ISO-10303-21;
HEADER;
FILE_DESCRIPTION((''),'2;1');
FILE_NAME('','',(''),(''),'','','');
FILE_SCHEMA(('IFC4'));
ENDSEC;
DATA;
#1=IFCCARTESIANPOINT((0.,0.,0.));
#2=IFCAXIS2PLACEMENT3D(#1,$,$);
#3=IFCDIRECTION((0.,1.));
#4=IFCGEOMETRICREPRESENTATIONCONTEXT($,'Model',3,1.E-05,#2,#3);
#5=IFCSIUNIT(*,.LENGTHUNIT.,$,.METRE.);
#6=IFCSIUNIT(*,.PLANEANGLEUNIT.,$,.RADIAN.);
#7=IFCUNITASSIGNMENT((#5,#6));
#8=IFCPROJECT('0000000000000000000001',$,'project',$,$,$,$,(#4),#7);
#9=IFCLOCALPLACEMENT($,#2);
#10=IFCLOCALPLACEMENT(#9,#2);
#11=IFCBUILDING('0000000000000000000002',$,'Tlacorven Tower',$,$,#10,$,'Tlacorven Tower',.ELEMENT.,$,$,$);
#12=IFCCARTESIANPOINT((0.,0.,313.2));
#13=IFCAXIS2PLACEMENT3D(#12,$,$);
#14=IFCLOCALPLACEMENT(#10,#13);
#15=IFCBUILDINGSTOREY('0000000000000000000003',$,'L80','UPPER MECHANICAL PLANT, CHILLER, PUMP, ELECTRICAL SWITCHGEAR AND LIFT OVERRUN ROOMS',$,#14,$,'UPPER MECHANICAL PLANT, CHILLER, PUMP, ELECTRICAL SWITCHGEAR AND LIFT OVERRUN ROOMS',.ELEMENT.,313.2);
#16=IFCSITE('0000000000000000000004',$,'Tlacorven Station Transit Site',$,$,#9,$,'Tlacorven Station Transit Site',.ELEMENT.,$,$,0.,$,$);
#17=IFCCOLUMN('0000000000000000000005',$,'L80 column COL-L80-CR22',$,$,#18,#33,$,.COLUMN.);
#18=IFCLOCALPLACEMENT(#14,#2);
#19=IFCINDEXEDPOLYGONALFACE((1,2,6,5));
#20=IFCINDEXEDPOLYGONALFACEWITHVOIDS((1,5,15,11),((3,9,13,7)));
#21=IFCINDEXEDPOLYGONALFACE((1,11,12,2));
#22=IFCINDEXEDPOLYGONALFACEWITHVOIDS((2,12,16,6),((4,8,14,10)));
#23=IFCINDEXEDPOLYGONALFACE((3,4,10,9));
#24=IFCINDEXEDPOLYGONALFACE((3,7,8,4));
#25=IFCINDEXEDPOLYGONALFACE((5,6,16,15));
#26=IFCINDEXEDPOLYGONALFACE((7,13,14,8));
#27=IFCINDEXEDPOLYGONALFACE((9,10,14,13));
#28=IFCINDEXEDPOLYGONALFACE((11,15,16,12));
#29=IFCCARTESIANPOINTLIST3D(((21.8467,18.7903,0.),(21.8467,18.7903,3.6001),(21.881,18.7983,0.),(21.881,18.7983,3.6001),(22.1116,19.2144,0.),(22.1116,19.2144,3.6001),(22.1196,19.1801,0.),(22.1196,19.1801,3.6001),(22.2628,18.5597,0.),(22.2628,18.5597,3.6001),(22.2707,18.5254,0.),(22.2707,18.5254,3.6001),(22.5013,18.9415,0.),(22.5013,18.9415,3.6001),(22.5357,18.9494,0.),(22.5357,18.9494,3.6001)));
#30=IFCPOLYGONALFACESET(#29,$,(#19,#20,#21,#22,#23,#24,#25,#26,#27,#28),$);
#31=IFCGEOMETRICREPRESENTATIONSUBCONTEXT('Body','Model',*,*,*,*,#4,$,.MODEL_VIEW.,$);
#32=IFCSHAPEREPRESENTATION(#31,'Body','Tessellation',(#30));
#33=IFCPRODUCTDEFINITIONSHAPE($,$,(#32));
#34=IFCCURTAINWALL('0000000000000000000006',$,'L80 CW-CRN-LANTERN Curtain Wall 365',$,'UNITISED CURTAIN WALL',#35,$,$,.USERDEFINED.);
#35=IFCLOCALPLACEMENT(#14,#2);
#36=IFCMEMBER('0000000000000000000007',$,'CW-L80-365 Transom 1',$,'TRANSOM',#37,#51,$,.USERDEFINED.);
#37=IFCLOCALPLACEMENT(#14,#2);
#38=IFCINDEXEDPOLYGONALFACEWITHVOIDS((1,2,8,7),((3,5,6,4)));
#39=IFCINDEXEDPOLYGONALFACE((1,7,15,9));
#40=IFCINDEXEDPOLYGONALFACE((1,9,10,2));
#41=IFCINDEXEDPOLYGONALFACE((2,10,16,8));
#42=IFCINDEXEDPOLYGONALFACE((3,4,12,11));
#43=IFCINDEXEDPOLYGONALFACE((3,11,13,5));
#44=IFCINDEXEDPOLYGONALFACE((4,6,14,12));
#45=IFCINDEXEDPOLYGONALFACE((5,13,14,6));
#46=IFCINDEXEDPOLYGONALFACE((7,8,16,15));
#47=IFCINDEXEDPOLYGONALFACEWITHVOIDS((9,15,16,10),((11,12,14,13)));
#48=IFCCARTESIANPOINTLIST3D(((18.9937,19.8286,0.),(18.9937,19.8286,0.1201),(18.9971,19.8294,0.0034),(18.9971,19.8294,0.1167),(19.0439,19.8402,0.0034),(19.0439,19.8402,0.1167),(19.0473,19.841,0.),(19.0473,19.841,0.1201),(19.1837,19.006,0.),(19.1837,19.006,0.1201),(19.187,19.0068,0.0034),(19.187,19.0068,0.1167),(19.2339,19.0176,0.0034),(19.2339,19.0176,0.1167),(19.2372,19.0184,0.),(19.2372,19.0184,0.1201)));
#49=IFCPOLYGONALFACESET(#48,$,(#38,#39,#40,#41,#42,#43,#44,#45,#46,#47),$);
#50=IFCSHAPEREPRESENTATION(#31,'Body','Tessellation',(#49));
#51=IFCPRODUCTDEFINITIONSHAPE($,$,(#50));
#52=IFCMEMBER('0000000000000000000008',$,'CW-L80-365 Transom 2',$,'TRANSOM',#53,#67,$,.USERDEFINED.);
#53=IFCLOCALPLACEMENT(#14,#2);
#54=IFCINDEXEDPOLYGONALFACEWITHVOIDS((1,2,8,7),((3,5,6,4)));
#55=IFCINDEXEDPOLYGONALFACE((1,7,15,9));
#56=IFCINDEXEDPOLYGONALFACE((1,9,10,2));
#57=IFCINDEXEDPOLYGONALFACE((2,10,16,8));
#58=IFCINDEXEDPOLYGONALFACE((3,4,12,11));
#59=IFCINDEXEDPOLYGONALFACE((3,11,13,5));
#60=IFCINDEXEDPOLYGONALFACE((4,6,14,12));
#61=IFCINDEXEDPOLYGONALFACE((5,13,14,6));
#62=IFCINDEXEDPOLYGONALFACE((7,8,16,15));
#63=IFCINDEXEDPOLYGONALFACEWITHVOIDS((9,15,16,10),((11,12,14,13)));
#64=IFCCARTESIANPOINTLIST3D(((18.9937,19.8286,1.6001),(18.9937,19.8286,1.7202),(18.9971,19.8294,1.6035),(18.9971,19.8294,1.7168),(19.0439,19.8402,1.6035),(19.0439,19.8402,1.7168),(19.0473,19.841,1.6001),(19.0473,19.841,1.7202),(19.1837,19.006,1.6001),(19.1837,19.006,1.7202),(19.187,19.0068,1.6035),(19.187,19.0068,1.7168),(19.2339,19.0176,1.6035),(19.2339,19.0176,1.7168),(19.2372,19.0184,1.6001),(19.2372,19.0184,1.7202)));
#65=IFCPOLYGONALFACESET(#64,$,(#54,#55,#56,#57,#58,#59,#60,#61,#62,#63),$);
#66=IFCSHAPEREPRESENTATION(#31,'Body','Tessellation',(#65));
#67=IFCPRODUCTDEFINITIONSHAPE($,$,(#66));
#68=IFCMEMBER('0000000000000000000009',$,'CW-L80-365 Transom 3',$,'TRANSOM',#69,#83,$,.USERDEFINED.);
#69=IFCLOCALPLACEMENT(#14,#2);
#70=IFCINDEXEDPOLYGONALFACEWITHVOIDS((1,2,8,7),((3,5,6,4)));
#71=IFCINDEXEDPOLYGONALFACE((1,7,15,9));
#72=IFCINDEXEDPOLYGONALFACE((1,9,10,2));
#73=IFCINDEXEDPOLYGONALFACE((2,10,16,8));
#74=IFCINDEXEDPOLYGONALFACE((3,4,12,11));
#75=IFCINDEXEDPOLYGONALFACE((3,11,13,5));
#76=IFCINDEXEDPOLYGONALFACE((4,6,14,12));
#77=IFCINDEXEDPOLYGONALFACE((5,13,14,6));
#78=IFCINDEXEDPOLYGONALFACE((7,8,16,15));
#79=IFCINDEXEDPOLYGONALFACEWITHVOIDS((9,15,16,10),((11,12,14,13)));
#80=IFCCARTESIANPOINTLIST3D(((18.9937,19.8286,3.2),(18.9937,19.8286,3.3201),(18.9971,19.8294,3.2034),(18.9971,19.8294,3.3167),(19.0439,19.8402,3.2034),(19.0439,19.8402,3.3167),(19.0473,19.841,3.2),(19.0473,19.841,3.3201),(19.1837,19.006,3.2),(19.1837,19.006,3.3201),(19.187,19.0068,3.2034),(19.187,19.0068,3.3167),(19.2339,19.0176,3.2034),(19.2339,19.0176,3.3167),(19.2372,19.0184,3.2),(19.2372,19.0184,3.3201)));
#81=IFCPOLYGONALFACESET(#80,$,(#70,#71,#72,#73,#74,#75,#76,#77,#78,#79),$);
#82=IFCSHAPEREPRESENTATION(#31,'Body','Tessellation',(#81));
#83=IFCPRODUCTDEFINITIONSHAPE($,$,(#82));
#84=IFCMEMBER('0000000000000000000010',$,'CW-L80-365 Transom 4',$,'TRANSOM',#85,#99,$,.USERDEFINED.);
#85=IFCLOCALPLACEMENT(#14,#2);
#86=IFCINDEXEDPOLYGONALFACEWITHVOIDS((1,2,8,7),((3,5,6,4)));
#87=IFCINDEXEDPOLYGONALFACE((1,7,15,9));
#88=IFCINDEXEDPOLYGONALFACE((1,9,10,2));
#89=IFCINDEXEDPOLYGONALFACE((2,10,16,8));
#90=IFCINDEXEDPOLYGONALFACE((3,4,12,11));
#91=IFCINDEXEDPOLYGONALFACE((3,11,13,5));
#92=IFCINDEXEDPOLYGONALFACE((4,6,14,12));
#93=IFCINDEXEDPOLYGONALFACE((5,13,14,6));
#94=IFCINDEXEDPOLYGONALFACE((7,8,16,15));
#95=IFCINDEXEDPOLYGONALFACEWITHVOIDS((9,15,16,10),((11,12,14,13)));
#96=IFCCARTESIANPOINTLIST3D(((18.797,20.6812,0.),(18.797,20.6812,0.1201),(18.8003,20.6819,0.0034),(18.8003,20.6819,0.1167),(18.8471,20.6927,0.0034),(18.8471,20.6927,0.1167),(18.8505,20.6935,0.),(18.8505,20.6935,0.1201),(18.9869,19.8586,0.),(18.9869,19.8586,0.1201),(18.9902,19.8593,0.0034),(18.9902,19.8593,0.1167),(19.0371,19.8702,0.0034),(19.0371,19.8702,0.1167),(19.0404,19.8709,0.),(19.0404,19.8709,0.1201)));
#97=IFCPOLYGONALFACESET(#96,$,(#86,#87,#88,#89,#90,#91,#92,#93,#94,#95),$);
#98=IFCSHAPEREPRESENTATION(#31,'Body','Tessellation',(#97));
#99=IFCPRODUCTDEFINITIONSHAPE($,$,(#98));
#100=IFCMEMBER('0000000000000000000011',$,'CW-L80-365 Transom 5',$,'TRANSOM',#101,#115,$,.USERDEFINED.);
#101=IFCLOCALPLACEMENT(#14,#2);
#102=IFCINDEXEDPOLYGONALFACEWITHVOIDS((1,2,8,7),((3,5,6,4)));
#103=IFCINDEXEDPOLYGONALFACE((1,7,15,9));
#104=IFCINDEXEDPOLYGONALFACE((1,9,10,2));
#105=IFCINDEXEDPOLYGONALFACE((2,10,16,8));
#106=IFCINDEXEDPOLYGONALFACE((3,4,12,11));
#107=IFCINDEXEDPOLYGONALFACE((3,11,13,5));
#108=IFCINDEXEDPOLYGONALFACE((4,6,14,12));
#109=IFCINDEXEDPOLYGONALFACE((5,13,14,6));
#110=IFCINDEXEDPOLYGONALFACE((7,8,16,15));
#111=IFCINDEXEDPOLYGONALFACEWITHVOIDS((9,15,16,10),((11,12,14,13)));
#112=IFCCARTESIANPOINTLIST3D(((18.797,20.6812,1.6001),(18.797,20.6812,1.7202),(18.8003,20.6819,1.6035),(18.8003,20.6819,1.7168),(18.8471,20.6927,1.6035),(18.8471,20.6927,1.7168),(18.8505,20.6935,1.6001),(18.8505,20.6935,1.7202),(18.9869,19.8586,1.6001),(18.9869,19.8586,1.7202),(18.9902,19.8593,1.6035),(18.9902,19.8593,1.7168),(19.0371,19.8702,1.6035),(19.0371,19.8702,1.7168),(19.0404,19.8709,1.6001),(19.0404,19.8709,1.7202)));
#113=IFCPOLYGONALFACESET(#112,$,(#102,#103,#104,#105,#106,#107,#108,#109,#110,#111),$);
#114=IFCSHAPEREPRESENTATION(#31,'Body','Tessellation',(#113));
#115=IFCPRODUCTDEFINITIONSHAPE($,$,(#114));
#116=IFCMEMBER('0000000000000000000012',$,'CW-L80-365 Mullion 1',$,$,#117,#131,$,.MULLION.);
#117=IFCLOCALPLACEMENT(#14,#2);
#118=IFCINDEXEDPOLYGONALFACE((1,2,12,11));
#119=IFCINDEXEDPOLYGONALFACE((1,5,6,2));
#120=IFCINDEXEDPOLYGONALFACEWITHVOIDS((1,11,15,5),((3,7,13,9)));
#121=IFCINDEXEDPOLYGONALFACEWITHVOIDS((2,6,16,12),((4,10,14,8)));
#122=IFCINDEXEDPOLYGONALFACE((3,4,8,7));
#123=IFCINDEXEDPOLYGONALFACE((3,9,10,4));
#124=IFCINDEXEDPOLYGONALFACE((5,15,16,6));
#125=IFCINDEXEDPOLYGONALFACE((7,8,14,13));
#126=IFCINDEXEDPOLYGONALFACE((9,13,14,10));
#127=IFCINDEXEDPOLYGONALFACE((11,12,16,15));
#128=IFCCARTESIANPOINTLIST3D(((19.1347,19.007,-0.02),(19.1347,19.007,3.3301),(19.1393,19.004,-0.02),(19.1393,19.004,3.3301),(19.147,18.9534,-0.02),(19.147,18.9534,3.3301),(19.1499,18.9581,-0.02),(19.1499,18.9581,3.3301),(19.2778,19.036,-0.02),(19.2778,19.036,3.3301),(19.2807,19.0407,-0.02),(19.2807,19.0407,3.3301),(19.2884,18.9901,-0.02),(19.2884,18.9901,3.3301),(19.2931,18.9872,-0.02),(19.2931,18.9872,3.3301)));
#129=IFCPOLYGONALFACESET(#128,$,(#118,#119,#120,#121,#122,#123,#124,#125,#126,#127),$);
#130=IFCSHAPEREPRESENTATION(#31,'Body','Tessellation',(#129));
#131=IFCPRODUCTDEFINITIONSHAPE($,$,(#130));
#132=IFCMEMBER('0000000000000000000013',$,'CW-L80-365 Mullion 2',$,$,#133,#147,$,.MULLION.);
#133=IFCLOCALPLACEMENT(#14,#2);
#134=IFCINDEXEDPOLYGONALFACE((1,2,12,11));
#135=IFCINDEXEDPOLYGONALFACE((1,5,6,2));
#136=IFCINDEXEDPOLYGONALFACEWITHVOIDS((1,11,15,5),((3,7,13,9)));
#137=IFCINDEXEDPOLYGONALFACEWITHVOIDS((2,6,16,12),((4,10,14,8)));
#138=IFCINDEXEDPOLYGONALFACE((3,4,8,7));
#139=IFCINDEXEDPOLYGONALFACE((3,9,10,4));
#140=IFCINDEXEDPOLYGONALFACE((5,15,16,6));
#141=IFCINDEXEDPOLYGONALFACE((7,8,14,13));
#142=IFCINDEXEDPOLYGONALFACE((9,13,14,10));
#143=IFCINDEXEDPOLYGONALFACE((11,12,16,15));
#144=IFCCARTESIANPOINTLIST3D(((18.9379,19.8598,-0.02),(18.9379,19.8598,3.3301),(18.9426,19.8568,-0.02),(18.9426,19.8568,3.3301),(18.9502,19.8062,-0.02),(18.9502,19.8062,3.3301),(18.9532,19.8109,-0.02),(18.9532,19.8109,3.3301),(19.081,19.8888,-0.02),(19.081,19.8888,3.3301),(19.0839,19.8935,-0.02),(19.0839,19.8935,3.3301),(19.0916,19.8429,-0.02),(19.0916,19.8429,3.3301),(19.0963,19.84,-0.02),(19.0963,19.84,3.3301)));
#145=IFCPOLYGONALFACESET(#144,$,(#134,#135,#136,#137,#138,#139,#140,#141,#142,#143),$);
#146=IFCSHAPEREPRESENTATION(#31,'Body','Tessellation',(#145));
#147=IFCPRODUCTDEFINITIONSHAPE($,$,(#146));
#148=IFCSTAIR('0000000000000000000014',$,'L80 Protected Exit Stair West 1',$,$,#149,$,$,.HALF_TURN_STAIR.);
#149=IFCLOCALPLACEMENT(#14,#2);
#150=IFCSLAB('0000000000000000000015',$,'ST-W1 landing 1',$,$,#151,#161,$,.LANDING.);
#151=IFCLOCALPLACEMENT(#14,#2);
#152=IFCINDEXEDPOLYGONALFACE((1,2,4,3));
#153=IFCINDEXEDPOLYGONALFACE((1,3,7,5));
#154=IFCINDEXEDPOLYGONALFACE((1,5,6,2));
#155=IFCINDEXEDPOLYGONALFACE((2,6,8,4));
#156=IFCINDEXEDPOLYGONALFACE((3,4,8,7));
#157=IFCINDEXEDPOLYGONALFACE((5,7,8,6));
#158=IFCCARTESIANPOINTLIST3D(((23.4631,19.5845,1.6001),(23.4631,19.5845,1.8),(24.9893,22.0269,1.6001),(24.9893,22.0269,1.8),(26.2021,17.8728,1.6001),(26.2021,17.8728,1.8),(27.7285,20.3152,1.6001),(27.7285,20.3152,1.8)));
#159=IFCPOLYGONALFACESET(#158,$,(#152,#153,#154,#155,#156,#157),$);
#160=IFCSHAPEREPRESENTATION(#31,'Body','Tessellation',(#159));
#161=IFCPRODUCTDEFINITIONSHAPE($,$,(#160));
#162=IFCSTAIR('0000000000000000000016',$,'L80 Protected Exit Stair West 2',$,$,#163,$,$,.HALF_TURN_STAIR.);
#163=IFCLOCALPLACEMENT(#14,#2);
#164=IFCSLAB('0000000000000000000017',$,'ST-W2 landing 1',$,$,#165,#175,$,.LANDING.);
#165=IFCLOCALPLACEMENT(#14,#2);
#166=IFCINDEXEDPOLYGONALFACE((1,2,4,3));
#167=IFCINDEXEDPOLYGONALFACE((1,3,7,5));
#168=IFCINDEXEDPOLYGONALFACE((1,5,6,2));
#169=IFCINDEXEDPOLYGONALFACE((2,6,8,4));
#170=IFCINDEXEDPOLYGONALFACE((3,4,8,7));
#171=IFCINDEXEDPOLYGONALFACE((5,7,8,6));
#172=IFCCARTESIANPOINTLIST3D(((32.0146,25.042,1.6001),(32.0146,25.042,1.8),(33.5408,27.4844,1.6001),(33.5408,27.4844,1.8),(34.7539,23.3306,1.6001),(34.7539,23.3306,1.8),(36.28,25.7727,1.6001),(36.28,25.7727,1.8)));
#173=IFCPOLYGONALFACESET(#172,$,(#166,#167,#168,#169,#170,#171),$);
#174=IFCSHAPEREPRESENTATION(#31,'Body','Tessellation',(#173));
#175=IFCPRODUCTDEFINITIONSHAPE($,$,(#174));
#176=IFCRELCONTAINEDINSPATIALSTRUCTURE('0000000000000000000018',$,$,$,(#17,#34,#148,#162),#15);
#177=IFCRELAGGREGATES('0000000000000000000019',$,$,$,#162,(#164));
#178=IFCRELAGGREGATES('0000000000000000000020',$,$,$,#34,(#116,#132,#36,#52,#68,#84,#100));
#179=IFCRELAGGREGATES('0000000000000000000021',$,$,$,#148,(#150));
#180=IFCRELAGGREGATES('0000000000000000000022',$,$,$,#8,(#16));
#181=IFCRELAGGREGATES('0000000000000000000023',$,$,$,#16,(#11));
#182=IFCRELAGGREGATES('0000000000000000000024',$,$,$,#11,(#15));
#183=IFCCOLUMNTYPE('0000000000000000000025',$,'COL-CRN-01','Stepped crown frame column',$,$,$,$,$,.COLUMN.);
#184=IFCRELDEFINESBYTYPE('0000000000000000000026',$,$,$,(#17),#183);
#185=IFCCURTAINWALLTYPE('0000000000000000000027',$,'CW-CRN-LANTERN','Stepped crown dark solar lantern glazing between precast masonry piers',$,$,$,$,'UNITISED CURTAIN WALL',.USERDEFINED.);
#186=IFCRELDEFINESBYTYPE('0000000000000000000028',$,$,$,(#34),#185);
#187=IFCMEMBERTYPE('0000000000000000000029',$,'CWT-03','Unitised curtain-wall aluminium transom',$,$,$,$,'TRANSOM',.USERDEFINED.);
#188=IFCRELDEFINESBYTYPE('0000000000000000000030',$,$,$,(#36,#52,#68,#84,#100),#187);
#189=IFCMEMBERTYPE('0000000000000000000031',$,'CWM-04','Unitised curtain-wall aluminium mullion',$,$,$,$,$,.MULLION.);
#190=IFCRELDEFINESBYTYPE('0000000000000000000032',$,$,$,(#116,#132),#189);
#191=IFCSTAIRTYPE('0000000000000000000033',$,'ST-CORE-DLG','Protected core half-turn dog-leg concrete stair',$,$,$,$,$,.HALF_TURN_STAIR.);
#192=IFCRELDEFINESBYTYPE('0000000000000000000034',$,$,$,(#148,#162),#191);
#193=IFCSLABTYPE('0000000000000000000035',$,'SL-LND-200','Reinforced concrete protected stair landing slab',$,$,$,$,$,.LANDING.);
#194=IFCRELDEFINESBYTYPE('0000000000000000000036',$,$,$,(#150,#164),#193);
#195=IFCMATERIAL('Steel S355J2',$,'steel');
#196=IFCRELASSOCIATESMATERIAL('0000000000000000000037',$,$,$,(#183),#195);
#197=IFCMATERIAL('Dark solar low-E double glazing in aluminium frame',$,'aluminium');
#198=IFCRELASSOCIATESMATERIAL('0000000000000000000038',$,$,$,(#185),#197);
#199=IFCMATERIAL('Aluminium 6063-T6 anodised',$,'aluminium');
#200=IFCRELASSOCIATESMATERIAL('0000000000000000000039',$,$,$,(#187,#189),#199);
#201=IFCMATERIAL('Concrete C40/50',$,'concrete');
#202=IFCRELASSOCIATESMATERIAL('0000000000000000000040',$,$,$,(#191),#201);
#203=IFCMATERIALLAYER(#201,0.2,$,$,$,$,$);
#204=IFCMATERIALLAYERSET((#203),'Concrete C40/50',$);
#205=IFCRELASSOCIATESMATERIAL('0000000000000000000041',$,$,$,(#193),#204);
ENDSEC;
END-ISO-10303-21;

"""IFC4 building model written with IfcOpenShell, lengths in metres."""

from ifc_helpers import new_model, si_unit, direction, frame, origin, origin_2d, place, context, subcontext, project, spatial, polyline, hollow_rectangle, outline, extrude, source, transform, mapped, material, layer, layer_set, material_profile, profile_set, type_object, element, aggregate, save


model = new_model("IFC4")

# Units and contexts
model_context = context("Model", 3, precision=1e-05, world=origin(), true_north=direction((0.0, 1.0)))
body_context = subcontext(model_context, "Body", "Model", "MODEL_VIEW")
ifc_project = project(units=[si_unit("LENGTHUNIT", "METRE"), si_unit("PLANEANGLEUNIT", "RADIAN")], contexts=[model_context])

# Site, building, storey
site_placement = place(None, origin())
site = spatial("IfcSite", under=ifc_project, at=site_placement, Name="Tlacorven Station Transit Site", LongName="Tlacorven Station Transit Site", CompositionType="ELEMENT", RefElevation=0.0)
building_placement = place(site_placement, origin())
building = spatial("IfcBuilding", under=site, at=building_placement, Name="Tlacorven Tower", LongName="Tlacorven Tower", CompositionType="ELEMENT")
storey_placement = place(building_placement, frame((0.0, 0.0, 313.2)))
storey = spatial("IfcBuildingStorey", under=building, at=storey_placement, Name="L80", Description="UPPER MECHANICAL PLANT, CHILLER, PUMP, ELECTRICAL SWITCHGEAR AND LIFT OVERRUN ROOMS", LongName="UPPER MECHANICAL PLANT, CHILLER, PUMP, ELECTRICAL SWITCHGEAR AND LIFT OVERRUN ROOMS", CompositionType="ELEMENT", Elevation=313.2)

# Column
ifc_material_1 = material(Name="Steel S355J2", Category="steel")
ifc_material_profile_1 = material_profile(ifc_material_1, hollow_rectangle(XDim=0.5, YDim=0.5, WallThickness=0.0249, at=origin_2d()), Name="BOX 500X500X25")
ifc_profile_set_1 = profile_set([ifc_material_profile_1], Name="Steel S355J2")
column_type = type_object("IfcColumnType", Name="COL-CRN-01", Description="Stepped crown frame column", PredefinedType="COLUMN", material=ifc_profile_set_1)
shared_shape_1 = source(origin(), body_context, "Body", "SweptSolid", [
    extrude(hollow_rectangle(XDim=0.5, YDim=0.5, WallThickness=0.0249, at=origin_2d()), origin(), (0.0, 0.0, 1.0), 3.6001),
])
column_placement = place(storey_placement, frame((22.1912, 18.8699, 0.0), z_axis=(0.0, 0.0, 1.0), x_axis=(-0.848048, 0.529919, 0.0)))
element("IfcColumn", 1, at=column_placement, inside=storey, type_object=column_type, Name="L80 column COL-L80-CR22", PredefinedType="COLUMN", context=body_context, shape_type="MappedRepresentation", body=[
    mapped(shared_shape_1, transform((0.0, 0.0, 0.0), scale=1.0)),
])

# Curtain wall, members
ifc_material_2 = material(Name="Dark solar low-E double glazing in aluminium frame", Category="aluminium")
curtain_wall_type = type_object("IfcCurtainWallType", Name="CW-CRN-LANTERN", Description="Stepped crown dark solar lantern glazing between precast masonry piers", ElementType="UNITISED CURTAIN WALL", PredefinedType="USERDEFINED", material=ifc_material_2)
curtain_wall_placement = place(storey_placement, origin())
curtain_wall = element("IfcCurtainWall", 2, at=curtain_wall_placement, inside=storey, type_object=curtain_wall_type, Name="L80 CW-CRN-LANTERN Curtain Wall 365", ObjectType="UNITISED CURTAIN WALL", PredefinedType="USERDEFINED")
ifc_material_3 = material(Name="Aluminium 6063-T6 anodised", Category="aluminium")
ifc_material_profile_2 = material_profile(ifc_material_3, hollow_rectangle(XDim=0.0549, YDim=0.1201, WallThickness=0.0034, at=origin_2d()), Name="ALU TRANSOM 55X120")
ifc_profile_set_2 = profile_set([ifc_material_profile_2], Name="Aluminium 6063-T6 anodised")
member_type_1 = type_object("IfcMemberType", Name="CWT-03", Description="Unitised curtain-wall aluminium transom", ElementType="TRANSOM", PredefinedType="USERDEFINED", material=ifc_profile_set_2)
shared_shape_2 = source(origin(), body_context, "Body", "SweptSolid", [
    extrude(hollow_rectangle(XDim=0.0549, YDim=0.1201, WallThickness=0.0034, at=origin_2d()), origin(), (0.0, 0.0, 1.0), 0.8442),
])
member_1_placement = place(storey_placement, frame((19.2104, 19.0122, 0.0601), z_axis=(-0.225007, 0.974357, 0.0), x_axis=(-0.974357, -0.225007, 0.0)))
member_1 = element("IfcMember", 3, at=member_1_placement, type_object=member_type_1, Name="CW-L80-365 Transom 1", ObjectType="TRANSOM", PredefinedType="USERDEFINED", context=body_context, shape_type="MappedRepresentation", body=[
    mapped(shared_shape_2, transform((0.0, 0.0, 0.0), scale=1.0)),
])
member_2_placement = place(storey_placement, frame((19.2104, 19.0122, 1.6602), z_axis=(-0.225007, 0.974357, 0.0), x_axis=(-0.974357, -0.225007, 0.0)))
member_2 = element("IfcMember", 4, at=member_2_placement, type_object=member_type_1, Name="CW-L80-365 Transom 2", ObjectType="TRANSOM", PredefinedType="USERDEFINED", context=body_context, shape_type="MappedRepresentation", body=[
    mapped(shared_shape_2, transform((0.0, 0.0, 0.0), scale=1.0)),
])
member_3_placement = place(storey_placement, frame((19.2104, 19.0122, 3.26), z_axis=(-0.225007, 0.974357, 0.0), x_axis=(-0.974357, -0.225007, 0.0)))
member_3 = element("IfcMember", 5, at=member_3_placement, type_object=member_type_1, Name="CW-L80-365 Transom 3", ObjectType="TRANSOM", PredefinedType="USERDEFINED", context=body_context, shape_type="MappedRepresentation", body=[
    mapped(shared_shape_2, transform((0.0, 0.0, 0.0), scale=1.0)),
])
member_4_placement = place(storey_placement, frame((19.0137, 19.8647, 0.0601), z_axis=(-0.225007, 0.974357, 0.0), x_axis=(-0.974357, -0.225007, 0.0)))
member_4 = element("IfcMember", 6, at=member_4_placement, type_object=member_type_1, Name="CW-L80-365 Transom 4", ObjectType="TRANSOM", PredefinedType="USERDEFINED", context=body_context, shape_type="MappedRepresentation", body=[
    mapped(shared_shape_2, transform((0.0, 0.0, 0.0), scale=1.0)),
])
member_5_placement = place(storey_placement, frame((19.0137, 19.8647, 1.6602), z_axis=(-0.225007, 0.974357, 0.0), x_axis=(-0.974357, -0.225007, 0.0)))
member_5 = element("IfcMember", 7, at=member_5_placement, type_object=member_type_1, Name="CW-L80-365 Transom 5", ObjectType="TRANSOM", PredefinedType="USERDEFINED", context=body_context, shape_type="MappedRepresentation", body=[
    mapped(shared_shape_2, transform((0.0, 0.0, 0.0), scale=1.0)),
])
ifc_material_profile_3 = material_profile(ifc_material_3, hollow_rectangle(XDim=0.0549, YDim=0.1499, WallThickness=0.0039, at=origin_2d()), Name="ALU MULLION 55X150")
ifc_profile_set_3 = profile_set([ifc_material_profile_3], Name="Aluminium 6063-T6 anodised")
member_type_2 = type_object("IfcMemberType", Name="CWM-04", Description="Unitised curtain-wall aluminium mullion", PredefinedType="MULLION", material=ifc_profile_set_3)
shared_shape_3 = source(origin(), body_context, "Body", "SweptSolid", [
    extrude(hollow_rectangle(XDim=0.0549, YDim=0.1499, WallThickness=0.0039, at=origin_2d()), origin(), (0.0, 0.0, 1.0), 3.3501),
])
member_6_placement = place(storey_placement, frame((19.2139, 18.9971, -0.02), z_axis=(0.0, 0.0, 1.0), x_axis=(-0.22495, 0.97437, 0.0)))
member_6 = element("IfcMember", 8, at=member_6_placement, type_object=member_type_2, Name="CW-L80-365 Mullion 1", PredefinedType="MULLION", context=body_context, shape_type="MappedRepresentation", body=[
    mapped(shared_shape_3, transform((0.0, 0.0, 0.0), scale=1.0)),
])
member_7_placement = place(storey_placement, frame((19.0171, 19.8499, -0.02), z_axis=(0.0, 0.0, 1.0), x_axis=(-0.22495, 0.97437, 0.0)))
member_7 = element("IfcMember", 9, at=member_7_placement, type_object=member_type_2, Name="CW-L80-365 Mullion 2", PredefinedType="MULLION", context=body_context, shape_type="MappedRepresentation", body=[
    mapped(shared_shape_3, transform((0.0, 0.0, 0.0), scale=1.0)),
])

# Stairs, slabs
ifc_material_4 = material(Name="Concrete C40/50", Category="concrete")
stair_type = type_object("IfcStairType", Name="ST-CORE-DLG", Description="Protected core half-turn dog-leg concrete stair", PredefinedType="HALF_TURN_STAIR", material=ifc_material_4)
stair_1_placement = place(storey_placement, origin())
stair_1 = element("IfcStair", 10, at=stair_1_placement, inside=storey, type_object=stair_type, Name="L80 Protected Exit Stair West 1", PredefinedType="HALF_TURN_STAIR")
ifc_layer_1 = layer(ifc_material_4, 0.2)
ifc_layer_set_1 = layer_set([ifc_layer_1], Name="Concrete C40/50")
slab_type_1 = type_object("IfcSlabType", Name="SL-LND-200", Description="Reinforced concrete protected stair landing slab", PredefinedType="LANDING", material=ifc_layer_set_1)
slab_1_placement = place(storey_placement, frame((0.0, 0.0, 1.6001)))
slab_1 = element("IfcSlab", 11, at=slab_1_placement, type_object=slab_type_1, Name="ST-W1 landing 1", PredefinedType="LANDING", context=body_context, shape_type="SweptSolid", body=[
    extrude(outline(polyline([(27.7285, 20.3152), (24.9893, 22.0269), (23.4631, 19.5845), (26.2021, 17.8728), (27.7285, 20.3152)])), origin(), (0.0, 0.0, 1.0), 0.2),
])
stair_2_placement = place(storey_placement, origin())
stair_2 = element("IfcStair", 12, at=stair_2_placement, inside=storey, type_object=stair_type, Name="L80 Protected Exit Stair West 2", PredefinedType="HALF_TURN_STAIR")
slab_2_placement = place(storey_placement, frame((0.0, 0.0, 1.6001)))
slab_2 = element("IfcSlab", 13, at=slab_2_placement, type_object=slab_type_1, Name="ST-W2 landing 1", PredefinedType="LANDING", context=body_context, shape_type="SweptSolid", body=[
    extrude(outline(polyline([(36.28, 25.7727), (33.5408, 27.4844), (32.0146, 25.042), (34.7539, 23.3306), (36.28, 25.7727)])), origin(), (0.0, 0.0, 1.0), 0.2),
])
aggregate(stair_2, [slab_2])

aggregate(curtain_wall, [member_6, member_7, member_1, member_2, member_3, member_4, member_5])

aggregate(stair_1, [slab_1])

save(model, "model.ifc")
